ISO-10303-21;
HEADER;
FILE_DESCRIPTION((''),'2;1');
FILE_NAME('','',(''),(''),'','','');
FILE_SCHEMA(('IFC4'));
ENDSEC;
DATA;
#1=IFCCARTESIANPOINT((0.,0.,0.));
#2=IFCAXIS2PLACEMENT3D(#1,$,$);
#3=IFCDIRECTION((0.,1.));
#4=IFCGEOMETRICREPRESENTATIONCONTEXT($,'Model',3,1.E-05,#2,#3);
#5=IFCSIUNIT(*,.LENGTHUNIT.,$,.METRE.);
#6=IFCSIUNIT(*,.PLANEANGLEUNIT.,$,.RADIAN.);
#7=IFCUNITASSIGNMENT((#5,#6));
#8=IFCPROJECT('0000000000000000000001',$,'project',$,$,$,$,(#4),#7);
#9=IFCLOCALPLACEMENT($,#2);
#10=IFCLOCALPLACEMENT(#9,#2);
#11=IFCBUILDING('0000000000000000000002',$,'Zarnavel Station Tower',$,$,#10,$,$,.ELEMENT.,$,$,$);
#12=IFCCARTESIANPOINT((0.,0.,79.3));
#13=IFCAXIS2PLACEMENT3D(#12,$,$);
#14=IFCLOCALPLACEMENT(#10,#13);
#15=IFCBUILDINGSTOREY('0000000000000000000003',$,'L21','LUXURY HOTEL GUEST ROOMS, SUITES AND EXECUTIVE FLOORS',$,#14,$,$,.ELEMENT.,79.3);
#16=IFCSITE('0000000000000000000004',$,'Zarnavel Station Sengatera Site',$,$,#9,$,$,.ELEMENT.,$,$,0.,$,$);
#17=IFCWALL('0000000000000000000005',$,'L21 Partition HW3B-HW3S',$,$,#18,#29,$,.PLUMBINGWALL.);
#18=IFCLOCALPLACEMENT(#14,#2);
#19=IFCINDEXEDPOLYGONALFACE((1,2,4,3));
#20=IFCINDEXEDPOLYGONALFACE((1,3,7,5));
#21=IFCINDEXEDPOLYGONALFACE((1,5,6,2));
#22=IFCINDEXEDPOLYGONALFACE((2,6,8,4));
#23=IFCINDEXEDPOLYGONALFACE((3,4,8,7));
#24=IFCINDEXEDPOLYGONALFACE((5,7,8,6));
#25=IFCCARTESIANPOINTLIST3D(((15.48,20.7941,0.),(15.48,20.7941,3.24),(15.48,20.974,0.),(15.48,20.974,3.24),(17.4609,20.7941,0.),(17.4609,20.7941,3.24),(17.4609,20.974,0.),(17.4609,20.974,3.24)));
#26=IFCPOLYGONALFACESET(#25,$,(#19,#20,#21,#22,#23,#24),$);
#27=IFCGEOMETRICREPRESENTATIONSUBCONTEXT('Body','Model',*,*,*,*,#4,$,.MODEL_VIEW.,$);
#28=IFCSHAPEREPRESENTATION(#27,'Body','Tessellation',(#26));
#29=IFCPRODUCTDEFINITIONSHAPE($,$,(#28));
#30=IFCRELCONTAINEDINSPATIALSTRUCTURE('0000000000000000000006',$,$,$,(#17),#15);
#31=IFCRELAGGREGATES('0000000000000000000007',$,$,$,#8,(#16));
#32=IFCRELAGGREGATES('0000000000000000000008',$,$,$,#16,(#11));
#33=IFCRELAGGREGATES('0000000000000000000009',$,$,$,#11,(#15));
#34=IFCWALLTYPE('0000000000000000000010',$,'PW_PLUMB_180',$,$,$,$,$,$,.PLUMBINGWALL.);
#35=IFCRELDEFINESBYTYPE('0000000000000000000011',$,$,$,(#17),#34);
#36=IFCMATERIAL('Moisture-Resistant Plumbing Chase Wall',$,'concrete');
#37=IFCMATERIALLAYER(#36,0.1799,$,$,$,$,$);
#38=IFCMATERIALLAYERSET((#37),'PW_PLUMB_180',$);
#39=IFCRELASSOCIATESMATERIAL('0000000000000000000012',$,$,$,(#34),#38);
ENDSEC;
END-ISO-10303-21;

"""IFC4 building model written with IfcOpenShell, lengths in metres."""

from ifc_helpers import new_model, si_unit, direction, frame, frame_2d, origin, place, context, subcontext, project, spatial, rectangle, extrude, material, layer, layer_set, type_object, element, save


model = new_model("IFC4")

# Units and contexts
model_context = context("Model", 3, precision=1e-05, world=origin(), true_north=direction((0.0, 1.0)))
body_context = subcontext(model_context, "Body", "Model", "MODEL_VIEW")
ifc_project = project(units=[si_unit("LENGTHUNIT", "METRE"), si_unit("PLANEANGLEUNIT", "RADIAN")], contexts=[model_context])

# Site, building, storey
site_placement = place(None, origin())
site = spatial("IfcSite", under=ifc_project, at=site_placement, Name="Zarnavel Station Sengatera Site", CompositionType="ELEMENT", RefElevation=0.0)
building_placement = place(site_placement, origin())
building = spatial("IfcBuilding", under=site, at=building_placement, Name="Zarnavel Station Tower", CompositionType="ELEMENT")
storey_placement = place(building_placement, frame((0.0, 0.0, 79.3)))
storey = spatial("IfcBuildingStorey", under=building, at=storey_placement, Name="L21", Description="LUXURY HOTEL GUEST ROOMS, SUITES AND EXECUTIVE FLOORS", CompositionType="ELEMENT", Elevation=79.3)

# Shared definitions
ifc_material_1 = material(Name="Moisture-Resistant Plumbing Chase Wall", Category="concrete")
ifc_layer_1 = layer(ifc_material_1, 0.1799)
ifc_layer_set_1 = layer_set([ifc_layer_1], Name="PW_PLUMB_180")
wall_type_1 = type_object("IfcWallType", Name="PW_PLUMB_180", PredefinedType="PLUMBINGWALL", material=ifc_layer_set_1)

# Wall
wall_1_placement = place(storey_placement, frame((15.48, 20.884, 0.0), z_axis=(0.0, 0.0, 1.0), x_axis=(1.0, 0.0, 0.0)))
element("IfcWall", 1, at=wall_1_placement, inside=storey, type_object=wall_type_1, Name="L21 Partition HW3B-HW3S", PredefinedType="PLUMBINGWALL", context=body_context, shape_type="SweptSolid", body=[
    extrude(rectangle(XDim=1.981, YDim=0.1799, at=frame_2d((0.9905, 0.0))), origin(), (0.0, 0.0, 1.0), 3.24),
])

save(model, "model.ifc")
